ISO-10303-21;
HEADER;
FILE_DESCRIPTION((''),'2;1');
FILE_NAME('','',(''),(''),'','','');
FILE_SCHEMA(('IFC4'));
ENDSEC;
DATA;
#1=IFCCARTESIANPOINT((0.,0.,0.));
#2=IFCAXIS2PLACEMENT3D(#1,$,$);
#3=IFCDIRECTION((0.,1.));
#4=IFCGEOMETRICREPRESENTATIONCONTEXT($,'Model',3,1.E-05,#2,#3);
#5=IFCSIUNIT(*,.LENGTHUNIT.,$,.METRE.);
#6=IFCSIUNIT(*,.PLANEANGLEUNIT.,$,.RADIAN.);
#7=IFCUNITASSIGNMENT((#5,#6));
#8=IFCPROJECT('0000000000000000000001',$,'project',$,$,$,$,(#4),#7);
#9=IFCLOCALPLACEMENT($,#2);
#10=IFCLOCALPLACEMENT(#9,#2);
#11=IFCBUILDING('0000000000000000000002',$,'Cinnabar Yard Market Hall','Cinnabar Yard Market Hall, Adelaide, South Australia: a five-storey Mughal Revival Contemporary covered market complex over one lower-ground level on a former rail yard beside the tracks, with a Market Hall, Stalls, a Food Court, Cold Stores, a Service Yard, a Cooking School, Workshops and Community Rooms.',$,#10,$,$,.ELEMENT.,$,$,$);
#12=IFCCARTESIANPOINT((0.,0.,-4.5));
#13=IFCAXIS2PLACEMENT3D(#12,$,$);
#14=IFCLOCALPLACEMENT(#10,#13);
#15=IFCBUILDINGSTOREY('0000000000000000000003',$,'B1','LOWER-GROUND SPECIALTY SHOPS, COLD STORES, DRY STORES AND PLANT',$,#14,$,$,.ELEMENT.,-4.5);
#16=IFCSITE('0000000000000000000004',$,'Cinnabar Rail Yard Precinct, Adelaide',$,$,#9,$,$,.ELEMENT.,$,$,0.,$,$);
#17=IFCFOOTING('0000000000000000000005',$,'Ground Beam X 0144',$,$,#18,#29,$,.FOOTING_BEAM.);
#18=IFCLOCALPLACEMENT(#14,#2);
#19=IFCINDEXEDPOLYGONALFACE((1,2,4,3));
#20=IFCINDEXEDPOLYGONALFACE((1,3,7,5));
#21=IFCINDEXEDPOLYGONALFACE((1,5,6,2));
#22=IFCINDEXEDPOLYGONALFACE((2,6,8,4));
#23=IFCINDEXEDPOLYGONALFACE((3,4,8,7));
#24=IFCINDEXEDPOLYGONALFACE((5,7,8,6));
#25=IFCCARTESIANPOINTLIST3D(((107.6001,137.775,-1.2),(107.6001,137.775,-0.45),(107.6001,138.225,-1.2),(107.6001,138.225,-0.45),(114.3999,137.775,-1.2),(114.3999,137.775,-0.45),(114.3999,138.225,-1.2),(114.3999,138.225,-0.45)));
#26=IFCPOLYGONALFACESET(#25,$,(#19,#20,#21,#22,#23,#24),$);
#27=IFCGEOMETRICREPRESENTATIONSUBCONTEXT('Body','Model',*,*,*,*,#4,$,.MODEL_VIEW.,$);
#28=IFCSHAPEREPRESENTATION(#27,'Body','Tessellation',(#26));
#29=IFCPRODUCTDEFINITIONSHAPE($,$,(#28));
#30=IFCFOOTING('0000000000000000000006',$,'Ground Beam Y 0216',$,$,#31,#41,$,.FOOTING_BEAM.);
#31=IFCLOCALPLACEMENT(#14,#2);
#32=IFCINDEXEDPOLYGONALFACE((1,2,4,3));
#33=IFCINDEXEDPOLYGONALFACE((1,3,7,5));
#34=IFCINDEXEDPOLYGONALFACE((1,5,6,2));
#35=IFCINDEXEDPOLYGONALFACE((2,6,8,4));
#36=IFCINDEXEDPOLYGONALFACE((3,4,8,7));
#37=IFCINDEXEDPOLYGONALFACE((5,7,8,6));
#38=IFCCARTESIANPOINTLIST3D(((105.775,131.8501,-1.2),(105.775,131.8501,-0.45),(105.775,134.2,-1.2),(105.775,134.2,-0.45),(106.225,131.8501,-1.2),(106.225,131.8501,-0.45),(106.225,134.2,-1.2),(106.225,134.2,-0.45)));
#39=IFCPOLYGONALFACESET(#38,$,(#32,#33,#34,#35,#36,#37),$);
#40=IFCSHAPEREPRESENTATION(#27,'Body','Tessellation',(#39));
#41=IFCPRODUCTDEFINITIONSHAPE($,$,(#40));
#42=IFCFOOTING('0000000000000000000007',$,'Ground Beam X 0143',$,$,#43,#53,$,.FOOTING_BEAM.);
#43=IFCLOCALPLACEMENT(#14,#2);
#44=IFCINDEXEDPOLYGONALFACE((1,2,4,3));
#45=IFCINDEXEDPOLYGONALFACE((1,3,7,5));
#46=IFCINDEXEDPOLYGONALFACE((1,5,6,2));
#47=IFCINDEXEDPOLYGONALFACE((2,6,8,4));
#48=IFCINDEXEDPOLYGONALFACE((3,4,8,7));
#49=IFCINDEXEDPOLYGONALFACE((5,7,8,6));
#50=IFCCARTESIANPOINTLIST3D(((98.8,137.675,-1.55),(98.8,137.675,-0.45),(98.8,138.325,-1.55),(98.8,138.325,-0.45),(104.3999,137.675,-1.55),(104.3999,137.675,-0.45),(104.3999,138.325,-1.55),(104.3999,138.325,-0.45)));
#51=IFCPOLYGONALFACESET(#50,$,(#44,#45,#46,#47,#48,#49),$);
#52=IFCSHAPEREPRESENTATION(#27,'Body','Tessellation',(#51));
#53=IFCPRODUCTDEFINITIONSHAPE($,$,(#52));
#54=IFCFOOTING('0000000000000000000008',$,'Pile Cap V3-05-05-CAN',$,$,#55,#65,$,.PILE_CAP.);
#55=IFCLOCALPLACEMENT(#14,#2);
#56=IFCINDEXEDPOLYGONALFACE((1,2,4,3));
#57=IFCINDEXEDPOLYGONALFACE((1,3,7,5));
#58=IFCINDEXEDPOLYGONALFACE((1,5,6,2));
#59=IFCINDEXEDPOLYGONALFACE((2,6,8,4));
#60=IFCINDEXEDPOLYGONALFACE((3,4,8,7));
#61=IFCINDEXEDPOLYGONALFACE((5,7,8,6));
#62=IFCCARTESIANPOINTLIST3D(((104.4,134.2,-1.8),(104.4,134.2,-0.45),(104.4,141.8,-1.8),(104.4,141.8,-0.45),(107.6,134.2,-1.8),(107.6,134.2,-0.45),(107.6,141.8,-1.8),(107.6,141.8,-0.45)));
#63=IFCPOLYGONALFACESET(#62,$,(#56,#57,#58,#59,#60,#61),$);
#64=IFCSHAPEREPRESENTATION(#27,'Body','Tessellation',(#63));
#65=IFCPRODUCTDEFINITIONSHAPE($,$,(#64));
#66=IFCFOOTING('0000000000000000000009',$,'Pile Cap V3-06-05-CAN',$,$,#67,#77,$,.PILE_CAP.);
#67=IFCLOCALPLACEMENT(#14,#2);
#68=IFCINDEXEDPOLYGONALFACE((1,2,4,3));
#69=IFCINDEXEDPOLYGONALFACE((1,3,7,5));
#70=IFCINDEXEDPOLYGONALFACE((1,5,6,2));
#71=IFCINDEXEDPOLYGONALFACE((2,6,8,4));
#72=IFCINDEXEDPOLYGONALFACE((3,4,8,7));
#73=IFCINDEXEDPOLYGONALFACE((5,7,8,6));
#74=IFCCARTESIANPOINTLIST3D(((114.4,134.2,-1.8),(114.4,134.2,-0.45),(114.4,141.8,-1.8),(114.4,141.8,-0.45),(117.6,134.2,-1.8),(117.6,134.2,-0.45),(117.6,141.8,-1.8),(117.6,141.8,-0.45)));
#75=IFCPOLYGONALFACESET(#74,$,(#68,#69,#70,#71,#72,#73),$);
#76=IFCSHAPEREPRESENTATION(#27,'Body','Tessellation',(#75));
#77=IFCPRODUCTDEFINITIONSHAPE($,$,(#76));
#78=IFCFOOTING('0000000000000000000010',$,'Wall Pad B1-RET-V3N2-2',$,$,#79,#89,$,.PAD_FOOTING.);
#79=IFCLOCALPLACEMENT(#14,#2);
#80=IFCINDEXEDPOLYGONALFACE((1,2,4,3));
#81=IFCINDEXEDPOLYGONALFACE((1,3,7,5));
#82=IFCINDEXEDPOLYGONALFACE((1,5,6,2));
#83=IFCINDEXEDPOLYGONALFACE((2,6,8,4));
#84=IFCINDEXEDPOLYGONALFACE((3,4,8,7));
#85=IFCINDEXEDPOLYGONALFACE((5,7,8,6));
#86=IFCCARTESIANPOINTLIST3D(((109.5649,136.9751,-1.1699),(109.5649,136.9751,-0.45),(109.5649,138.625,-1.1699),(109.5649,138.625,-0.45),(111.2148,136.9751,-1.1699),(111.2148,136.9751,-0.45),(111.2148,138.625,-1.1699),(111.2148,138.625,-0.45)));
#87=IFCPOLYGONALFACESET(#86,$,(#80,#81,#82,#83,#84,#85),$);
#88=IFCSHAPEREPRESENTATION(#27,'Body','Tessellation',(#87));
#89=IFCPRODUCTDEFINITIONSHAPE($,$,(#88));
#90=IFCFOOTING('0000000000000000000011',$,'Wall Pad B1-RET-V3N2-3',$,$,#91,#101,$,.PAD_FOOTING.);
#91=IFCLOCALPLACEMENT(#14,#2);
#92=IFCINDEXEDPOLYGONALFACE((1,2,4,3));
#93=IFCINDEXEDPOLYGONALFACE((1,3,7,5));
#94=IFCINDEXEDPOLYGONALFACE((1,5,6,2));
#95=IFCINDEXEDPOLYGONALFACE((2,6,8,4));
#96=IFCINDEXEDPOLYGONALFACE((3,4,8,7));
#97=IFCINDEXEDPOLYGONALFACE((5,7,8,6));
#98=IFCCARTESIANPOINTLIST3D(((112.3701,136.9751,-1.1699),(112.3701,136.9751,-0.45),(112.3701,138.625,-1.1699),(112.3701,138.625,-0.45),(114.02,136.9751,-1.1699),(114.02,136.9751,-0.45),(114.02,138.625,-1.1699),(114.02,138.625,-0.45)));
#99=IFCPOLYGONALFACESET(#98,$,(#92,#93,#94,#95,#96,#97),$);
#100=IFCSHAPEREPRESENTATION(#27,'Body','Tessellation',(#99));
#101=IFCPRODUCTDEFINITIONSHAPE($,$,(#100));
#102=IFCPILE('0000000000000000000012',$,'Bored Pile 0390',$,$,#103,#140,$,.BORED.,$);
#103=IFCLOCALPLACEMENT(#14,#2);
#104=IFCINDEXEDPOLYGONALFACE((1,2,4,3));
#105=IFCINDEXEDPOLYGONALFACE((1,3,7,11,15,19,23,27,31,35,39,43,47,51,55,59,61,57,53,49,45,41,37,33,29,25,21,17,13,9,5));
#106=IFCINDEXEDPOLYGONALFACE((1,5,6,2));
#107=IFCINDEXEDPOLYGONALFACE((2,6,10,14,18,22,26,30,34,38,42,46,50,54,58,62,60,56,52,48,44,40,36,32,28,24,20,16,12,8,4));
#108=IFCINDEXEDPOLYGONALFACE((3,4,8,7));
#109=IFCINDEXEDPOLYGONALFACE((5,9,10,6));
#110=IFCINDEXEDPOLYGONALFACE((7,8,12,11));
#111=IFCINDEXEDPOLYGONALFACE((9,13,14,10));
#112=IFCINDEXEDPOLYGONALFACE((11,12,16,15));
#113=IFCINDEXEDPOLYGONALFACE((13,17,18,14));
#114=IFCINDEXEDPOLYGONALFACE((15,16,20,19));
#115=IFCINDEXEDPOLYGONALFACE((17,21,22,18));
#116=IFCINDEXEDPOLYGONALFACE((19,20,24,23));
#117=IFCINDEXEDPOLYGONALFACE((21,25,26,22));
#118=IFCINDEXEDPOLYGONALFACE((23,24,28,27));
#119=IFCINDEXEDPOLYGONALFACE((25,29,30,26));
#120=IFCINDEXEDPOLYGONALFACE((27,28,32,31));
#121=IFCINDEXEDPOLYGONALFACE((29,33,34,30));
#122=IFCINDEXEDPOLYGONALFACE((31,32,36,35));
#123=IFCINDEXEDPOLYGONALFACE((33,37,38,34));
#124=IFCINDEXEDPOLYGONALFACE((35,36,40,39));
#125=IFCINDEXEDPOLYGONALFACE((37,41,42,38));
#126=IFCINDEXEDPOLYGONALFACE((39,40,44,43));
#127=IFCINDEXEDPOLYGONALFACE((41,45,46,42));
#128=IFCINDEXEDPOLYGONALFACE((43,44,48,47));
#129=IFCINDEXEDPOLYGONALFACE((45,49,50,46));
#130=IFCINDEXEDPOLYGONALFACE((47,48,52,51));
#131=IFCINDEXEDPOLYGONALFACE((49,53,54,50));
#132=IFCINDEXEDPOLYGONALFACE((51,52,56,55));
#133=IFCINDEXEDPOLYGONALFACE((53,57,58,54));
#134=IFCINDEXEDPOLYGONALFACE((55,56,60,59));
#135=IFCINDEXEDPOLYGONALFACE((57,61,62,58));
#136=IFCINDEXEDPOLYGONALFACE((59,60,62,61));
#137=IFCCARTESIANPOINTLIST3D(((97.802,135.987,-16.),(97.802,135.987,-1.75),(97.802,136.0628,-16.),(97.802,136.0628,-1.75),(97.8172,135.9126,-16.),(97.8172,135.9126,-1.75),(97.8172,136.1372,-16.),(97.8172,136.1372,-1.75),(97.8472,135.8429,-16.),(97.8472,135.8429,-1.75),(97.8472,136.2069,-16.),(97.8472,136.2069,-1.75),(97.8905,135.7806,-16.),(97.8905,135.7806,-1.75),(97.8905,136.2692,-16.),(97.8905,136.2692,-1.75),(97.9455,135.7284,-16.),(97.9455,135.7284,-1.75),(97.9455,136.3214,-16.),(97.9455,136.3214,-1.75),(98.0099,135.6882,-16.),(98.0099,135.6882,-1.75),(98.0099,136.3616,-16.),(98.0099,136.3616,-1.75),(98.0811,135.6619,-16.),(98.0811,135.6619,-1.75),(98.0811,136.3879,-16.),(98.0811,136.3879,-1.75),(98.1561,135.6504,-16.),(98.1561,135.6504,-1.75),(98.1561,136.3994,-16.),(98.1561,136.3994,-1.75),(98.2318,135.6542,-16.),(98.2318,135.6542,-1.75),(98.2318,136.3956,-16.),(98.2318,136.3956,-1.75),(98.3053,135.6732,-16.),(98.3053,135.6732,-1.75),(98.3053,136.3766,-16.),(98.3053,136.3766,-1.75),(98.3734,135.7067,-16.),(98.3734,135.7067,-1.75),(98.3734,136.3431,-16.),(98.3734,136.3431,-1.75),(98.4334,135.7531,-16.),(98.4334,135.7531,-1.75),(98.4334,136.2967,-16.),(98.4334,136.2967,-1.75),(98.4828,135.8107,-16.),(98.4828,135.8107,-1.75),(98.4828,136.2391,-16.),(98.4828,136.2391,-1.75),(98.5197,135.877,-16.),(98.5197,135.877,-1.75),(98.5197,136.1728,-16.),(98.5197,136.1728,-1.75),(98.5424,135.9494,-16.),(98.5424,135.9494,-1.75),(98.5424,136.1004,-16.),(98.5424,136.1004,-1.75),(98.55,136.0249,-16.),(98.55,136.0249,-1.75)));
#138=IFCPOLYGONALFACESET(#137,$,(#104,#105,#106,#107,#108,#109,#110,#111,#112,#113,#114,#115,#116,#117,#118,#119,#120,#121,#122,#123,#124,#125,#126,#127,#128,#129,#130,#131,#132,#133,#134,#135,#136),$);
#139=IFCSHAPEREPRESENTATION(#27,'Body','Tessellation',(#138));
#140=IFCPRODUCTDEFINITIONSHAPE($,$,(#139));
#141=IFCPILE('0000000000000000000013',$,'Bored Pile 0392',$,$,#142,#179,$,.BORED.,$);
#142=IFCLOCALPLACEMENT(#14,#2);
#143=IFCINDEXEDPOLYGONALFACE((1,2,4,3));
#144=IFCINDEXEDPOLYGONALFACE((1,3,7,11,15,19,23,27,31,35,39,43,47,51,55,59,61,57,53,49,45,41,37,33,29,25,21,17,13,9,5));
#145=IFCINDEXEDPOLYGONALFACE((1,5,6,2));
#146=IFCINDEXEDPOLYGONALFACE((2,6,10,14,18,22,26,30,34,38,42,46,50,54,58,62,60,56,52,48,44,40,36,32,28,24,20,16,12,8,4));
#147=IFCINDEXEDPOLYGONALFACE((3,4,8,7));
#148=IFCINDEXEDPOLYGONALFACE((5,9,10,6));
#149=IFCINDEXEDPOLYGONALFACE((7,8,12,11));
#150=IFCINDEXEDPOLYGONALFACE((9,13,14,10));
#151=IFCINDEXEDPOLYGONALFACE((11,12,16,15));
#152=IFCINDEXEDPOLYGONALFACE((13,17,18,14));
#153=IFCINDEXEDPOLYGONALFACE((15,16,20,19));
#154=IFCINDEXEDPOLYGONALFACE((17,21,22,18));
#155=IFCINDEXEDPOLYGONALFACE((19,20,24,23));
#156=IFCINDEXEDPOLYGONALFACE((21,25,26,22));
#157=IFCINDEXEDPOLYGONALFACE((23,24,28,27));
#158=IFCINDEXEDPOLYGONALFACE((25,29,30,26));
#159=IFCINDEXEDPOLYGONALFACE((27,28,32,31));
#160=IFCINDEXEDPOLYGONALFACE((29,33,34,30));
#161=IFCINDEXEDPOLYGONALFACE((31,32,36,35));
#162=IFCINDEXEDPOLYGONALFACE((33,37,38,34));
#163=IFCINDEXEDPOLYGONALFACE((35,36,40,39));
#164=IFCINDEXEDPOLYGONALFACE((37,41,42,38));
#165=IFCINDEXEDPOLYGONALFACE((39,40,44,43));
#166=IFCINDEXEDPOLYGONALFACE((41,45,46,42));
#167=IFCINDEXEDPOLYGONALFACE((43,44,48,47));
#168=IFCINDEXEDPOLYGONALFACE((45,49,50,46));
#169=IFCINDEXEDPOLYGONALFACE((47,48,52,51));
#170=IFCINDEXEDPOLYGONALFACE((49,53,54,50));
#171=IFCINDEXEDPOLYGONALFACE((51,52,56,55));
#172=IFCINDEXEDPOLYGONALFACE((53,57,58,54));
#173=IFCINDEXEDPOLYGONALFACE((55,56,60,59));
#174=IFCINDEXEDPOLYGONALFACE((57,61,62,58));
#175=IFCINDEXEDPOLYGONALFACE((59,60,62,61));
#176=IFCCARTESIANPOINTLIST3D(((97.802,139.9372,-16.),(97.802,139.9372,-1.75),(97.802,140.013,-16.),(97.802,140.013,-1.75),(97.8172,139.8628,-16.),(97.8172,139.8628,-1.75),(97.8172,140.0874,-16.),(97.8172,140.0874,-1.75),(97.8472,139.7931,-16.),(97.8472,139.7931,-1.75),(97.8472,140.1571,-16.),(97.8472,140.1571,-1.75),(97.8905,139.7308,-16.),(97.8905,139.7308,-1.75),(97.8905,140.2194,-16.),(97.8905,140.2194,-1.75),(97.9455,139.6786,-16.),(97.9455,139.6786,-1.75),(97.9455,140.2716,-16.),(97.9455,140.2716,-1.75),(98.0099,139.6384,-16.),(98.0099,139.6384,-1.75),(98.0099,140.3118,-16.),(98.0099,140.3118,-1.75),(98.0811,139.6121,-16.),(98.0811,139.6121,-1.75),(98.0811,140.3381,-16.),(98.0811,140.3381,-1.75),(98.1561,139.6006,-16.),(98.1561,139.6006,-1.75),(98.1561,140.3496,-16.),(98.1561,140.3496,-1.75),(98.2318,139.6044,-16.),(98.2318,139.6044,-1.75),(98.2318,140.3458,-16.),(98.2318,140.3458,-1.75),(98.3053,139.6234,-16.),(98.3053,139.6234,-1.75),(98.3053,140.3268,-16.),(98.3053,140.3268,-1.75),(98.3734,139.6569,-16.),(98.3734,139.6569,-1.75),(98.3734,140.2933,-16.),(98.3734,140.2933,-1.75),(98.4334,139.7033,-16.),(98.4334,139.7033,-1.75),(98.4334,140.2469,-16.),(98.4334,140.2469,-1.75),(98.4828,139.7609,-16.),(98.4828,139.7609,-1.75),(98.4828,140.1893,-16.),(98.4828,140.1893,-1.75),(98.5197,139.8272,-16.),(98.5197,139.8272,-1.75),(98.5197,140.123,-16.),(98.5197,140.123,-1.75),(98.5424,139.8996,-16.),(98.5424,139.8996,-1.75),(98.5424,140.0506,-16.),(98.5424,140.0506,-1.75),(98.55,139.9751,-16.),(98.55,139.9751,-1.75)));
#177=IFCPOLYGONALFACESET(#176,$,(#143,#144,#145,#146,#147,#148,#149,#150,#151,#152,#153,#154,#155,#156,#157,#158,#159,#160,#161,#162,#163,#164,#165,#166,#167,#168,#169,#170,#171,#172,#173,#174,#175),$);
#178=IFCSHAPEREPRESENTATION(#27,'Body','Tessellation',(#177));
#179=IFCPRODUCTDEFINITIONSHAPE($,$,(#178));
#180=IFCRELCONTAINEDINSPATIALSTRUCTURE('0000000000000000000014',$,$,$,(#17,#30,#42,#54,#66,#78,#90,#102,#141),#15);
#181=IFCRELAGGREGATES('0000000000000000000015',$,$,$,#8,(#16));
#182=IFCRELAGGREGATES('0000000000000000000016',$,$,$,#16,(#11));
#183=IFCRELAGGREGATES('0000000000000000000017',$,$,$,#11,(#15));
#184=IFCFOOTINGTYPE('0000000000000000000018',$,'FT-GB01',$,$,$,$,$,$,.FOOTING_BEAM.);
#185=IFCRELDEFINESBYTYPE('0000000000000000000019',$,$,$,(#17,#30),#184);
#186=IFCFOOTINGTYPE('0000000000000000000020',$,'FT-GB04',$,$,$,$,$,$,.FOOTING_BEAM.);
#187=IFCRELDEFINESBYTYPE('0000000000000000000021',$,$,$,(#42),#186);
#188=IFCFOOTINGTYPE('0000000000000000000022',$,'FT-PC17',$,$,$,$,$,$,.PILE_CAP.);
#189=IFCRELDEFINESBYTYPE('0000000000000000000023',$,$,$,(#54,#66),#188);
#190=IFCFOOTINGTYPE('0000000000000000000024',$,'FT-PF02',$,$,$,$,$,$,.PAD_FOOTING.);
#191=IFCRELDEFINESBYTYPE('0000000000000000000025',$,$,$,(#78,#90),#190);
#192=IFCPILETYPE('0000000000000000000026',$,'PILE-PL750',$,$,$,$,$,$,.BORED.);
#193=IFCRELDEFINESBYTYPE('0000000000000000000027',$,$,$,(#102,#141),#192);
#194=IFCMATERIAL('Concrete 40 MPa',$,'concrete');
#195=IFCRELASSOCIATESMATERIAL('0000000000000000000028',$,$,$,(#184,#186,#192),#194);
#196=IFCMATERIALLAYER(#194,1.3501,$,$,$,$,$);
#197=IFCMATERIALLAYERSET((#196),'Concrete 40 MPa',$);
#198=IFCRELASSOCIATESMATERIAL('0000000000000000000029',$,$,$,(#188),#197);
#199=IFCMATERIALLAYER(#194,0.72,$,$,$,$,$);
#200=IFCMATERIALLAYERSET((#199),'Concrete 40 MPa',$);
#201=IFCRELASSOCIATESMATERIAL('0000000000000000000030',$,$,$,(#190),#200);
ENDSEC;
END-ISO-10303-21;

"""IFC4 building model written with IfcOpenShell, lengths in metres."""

from ifc_helpers import new_model, si_unit, direction, frame, origin, origin_2d_with_axis, place, context, subcontext, project, spatial, rectangle, circle, extrude, material, layer, layer_set, material_profile, profile_set, type_object, element, save


model = new_model("IFC4")

# Units and contexts
model_context = context("Model", 3, precision=1e-05, world=origin(), true_north=direction((0.0, 1.0)))
body_context = subcontext(model_context, "Body", "Model", "MODEL_VIEW")
ifc_project = project(units=[si_unit("LENGTHUNIT", "METRE"), si_unit("PLANEANGLEUNIT", "RADIAN")], contexts=[model_context])

# Site, building, storey
site_placement = place(None, origin())
site = spatial("IfcSite", under=ifc_project, at=site_placement, Name="Cinnabar Rail Yard Precinct, Adelaide", CompositionType="ELEMENT", RefElevation=0.0)
building_placement = place(site_placement, origin())
building = spatial("IfcBuilding", under=site, at=building_placement, Name="Cinnabar Yard Market Hall", Description="Cinnabar Yard Market Hall, Adelaide, South Australia: a five-storey Mughal Revival Contemporary covered market complex over one lower-ground level on a former rail yard beside the tracks, with a Market Hall, Stalls, a Food Court, Cold Stores, a Service Yard, a Cooking School, Workshops and Community Rooms.", CompositionType="ELEMENT")
storey_placement = place(building_placement, frame((0.0, 0.0, -4.5)))
storey = spatial("IfcBuildingStorey", under=building, at=storey_placement, Name="B1", Description="LOWER-GROUND SPECIALTY SHOPS, COLD STORES, DRY STORES AND PLANT", CompositionType="ELEMENT", Elevation=-4.5)

# Footings
ifc_material_1 = material(Name="Concrete 40 MPa", Category="concrete")
ifc_material_profile_1 = material_profile(ifc_material_1, rectangle(XDim=0.45, YDim=0.75, at=origin_2d_with_axis()), Name="GB-450x750")
ifc_profile_set_1 = profile_set([ifc_material_profile_1], Name="Concrete 40 MPa")
footing_type_1 = type_object("IfcFootingType", Name="FT-GB01", PredefinedType="FOOTING_BEAM", material=ifc_profile_set_1)
footing_1_placement = place(storey_placement, frame((107.6001, 138.0, -0.825), z_axis=(1.0, 0.0, 0.0), x_axis=(0.0, 1.0, 0.0)))
element("IfcFooting", 1, at=footing_1_placement, inside=storey, type_object=footing_type_1, Name="Ground Beam X 0144", PredefinedType="FOOTING_BEAM", context=body_context, shape_type="SweptSolid", body=[
    extrude(rectangle(XDim=0.45, YDim=0.75, at=origin_2d_with_axis()), origin(), (0.0, 0.0, 1.0), 6.7998),
])
footing_2_placement = place(storey_placement, frame((106.0, 131.8501, -0.825), z_axis=(0.0, 1.0, 0.0), x_axis=(-1.0, 0.0, 0.0)))
element("IfcFooting", 2, at=footing_2_placement, inside=storey, type_object=footing_type_1, Name="Ground Beam Y 0216", PredefinedType="FOOTING_BEAM", context=body_context, shape_type="SweptSolid", body=[
    extrude(rectangle(XDim=0.45, YDim=0.75, at=origin_2d_with_axis()), origin(), (0.0, 0.0, 1.0), 2.3499),
])
ifc_material_profile_2 = material_profile(ifc_material_1, rectangle(XDim=0.6499, YDim=1.1001, at=origin_2d_with_axis()), Name="GB-650x1100")
ifc_profile_set_2 = profile_set([ifc_material_profile_2], Name="Concrete 40 MPa")
footing_type_2 = type_object("IfcFootingType", Name="FT-GB04", PredefinedType="FOOTING_BEAM", material=ifc_profile_set_2)
footing_3_placement = place(storey_placement, frame((98.8, 138.0, -1.0), z_axis=(1.0, 0.0, 0.0), x_axis=(0.0, 1.0, 0.0)))
element("IfcFooting", 3, at=footing_3_placement, inside=storey, type_object=footing_type_2, Name="Ground Beam X 0143", PredefinedType="FOOTING_BEAM", context=body_context, shape_type="SweptSolid", body=[
    extrude(rectangle(XDim=0.6499, YDim=1.1001, at=origin_2d_with_axis()), origin(), (0.0, 0.0, 1.0), 5.5999),
])
ifc_layer_1 = layer(ifc_material_1, 1.3501)
ifc_layer_set_1 = layer_set([ifc_layer_1], Name="Concrete 40 MPa")
footing_type_3 = type_object("IfcFootingType", Name="FT-PC17", PredefinedType="PILE_CAP", material=ifc_layer_set_1)
for number, where, z_axis, x_axis, name in (
    (4, (106.0, 138.0, -1.8), (0.0, 0.0, 1.0), (1.0, 0.0, 0.0), "Pile Cap V3-05-05-CAN"),
    (5, (116.0, 138.0, -1.8), (0.0, 0.0, 1.0), (1.0, 0.0, 0.0), "Pile Cap V3-06-05-CAN"),
):
    element("IfcFooting", number, at=place(storey_placement, frame(where, z_axis=z_axis, x_axis=x_axis)), inside=storey, type_object=footing_type_3, Name=name, PredefinedType="PILE_CAP", context=body_context, shape_type="SweptSolid", body=[
        extrude(rectangle(XDim=3.2, YDim=7.6001, at=origin_2d_with_axis()), origin(), (0.0, 0.0, 1.0), 1.3501),
    ])
ifc_layer_2 = layer(ifc_material_1, 0.72)
ifc_layer_set_2 = layer_set([ifc_layer_2], Name="Concrete 40 MPa")
footing_type_4 = type_object("IfcFootingType", Name="FT-PF02", PredefinedType="PAD_FOOTING", material=ifc_layer_set_2)
for number, where, z_axis, x_axis, name in (
    (6, (110.3899, 137.8, -1.1699), (0.0, 0.0, 1.0), (1.0, 0.0, 0.0), "Wall Pad B1-RET-V3N2-2"),
    (7, (113.1951, 137.8, -1.1699), (0.0, 0.0, 1.0), (1.0, 0.0, 0.0), "Wall Pad B1-RET-V3N2-3"),
):
    element("IfcFooting", number, at=place(storey_placement, frame(where, z_axis=z_axis, x_axis=x_axis)), inside=storey, type_object=footing_type_4, Name=name, PredefinedType="PAD_FOOTING", context=body_context, shape_type="SweptSolid", body=[
        extrude(rectangle(XDim=1.6499, YDim=1.6499, at=origin_2d_with_axis()), origin(), (0.0, 0.0, 1.0), 0.72),
    ])

# Piles
ifc_material_profile_3 = material_profile(ifc_material_1, circle(Radius=0.375, at=origin_2d_with_axis()), Name="PILE-D750")
ifc_profile_set_3 = profile_set([ifc_material_profile_3], Name="Concrete 40 MPa")
pile_type_1 = type_object("IfcPileType", Name="PILE-PL750", PredefinedType="BORED", material=ifc_profile_set_3)
for number, where, z_axis, x_axis, name in (
    (8, (98.175, 136.0249, -1.75), (0.0, 0.0, -1.0), (1.0, 0.0, 0.0), "Bored Pile 0390"),
    (9, (98.175, 139.9751, -1.75), (0.0, 0.0, -1.0), (1.0, 0.0, 0.0), "Bored Pile 0392"),
):
    element("IfcPile", number, at=place(storey_placement, frame(where, z_axis=z_axis, x_axis=x_axis)), inside=storey, type_object=pile_type_1, Name=name, PredefinedType="BORED", context=body_context, shape_type="SweptSolid", body=[
        extrude(circle(Radius=0.375, at=origin_2d_with_axis()), origin(), (0.0, 0.0, 1.0), 14.25),
    ])

save(model, "model.ifc")
